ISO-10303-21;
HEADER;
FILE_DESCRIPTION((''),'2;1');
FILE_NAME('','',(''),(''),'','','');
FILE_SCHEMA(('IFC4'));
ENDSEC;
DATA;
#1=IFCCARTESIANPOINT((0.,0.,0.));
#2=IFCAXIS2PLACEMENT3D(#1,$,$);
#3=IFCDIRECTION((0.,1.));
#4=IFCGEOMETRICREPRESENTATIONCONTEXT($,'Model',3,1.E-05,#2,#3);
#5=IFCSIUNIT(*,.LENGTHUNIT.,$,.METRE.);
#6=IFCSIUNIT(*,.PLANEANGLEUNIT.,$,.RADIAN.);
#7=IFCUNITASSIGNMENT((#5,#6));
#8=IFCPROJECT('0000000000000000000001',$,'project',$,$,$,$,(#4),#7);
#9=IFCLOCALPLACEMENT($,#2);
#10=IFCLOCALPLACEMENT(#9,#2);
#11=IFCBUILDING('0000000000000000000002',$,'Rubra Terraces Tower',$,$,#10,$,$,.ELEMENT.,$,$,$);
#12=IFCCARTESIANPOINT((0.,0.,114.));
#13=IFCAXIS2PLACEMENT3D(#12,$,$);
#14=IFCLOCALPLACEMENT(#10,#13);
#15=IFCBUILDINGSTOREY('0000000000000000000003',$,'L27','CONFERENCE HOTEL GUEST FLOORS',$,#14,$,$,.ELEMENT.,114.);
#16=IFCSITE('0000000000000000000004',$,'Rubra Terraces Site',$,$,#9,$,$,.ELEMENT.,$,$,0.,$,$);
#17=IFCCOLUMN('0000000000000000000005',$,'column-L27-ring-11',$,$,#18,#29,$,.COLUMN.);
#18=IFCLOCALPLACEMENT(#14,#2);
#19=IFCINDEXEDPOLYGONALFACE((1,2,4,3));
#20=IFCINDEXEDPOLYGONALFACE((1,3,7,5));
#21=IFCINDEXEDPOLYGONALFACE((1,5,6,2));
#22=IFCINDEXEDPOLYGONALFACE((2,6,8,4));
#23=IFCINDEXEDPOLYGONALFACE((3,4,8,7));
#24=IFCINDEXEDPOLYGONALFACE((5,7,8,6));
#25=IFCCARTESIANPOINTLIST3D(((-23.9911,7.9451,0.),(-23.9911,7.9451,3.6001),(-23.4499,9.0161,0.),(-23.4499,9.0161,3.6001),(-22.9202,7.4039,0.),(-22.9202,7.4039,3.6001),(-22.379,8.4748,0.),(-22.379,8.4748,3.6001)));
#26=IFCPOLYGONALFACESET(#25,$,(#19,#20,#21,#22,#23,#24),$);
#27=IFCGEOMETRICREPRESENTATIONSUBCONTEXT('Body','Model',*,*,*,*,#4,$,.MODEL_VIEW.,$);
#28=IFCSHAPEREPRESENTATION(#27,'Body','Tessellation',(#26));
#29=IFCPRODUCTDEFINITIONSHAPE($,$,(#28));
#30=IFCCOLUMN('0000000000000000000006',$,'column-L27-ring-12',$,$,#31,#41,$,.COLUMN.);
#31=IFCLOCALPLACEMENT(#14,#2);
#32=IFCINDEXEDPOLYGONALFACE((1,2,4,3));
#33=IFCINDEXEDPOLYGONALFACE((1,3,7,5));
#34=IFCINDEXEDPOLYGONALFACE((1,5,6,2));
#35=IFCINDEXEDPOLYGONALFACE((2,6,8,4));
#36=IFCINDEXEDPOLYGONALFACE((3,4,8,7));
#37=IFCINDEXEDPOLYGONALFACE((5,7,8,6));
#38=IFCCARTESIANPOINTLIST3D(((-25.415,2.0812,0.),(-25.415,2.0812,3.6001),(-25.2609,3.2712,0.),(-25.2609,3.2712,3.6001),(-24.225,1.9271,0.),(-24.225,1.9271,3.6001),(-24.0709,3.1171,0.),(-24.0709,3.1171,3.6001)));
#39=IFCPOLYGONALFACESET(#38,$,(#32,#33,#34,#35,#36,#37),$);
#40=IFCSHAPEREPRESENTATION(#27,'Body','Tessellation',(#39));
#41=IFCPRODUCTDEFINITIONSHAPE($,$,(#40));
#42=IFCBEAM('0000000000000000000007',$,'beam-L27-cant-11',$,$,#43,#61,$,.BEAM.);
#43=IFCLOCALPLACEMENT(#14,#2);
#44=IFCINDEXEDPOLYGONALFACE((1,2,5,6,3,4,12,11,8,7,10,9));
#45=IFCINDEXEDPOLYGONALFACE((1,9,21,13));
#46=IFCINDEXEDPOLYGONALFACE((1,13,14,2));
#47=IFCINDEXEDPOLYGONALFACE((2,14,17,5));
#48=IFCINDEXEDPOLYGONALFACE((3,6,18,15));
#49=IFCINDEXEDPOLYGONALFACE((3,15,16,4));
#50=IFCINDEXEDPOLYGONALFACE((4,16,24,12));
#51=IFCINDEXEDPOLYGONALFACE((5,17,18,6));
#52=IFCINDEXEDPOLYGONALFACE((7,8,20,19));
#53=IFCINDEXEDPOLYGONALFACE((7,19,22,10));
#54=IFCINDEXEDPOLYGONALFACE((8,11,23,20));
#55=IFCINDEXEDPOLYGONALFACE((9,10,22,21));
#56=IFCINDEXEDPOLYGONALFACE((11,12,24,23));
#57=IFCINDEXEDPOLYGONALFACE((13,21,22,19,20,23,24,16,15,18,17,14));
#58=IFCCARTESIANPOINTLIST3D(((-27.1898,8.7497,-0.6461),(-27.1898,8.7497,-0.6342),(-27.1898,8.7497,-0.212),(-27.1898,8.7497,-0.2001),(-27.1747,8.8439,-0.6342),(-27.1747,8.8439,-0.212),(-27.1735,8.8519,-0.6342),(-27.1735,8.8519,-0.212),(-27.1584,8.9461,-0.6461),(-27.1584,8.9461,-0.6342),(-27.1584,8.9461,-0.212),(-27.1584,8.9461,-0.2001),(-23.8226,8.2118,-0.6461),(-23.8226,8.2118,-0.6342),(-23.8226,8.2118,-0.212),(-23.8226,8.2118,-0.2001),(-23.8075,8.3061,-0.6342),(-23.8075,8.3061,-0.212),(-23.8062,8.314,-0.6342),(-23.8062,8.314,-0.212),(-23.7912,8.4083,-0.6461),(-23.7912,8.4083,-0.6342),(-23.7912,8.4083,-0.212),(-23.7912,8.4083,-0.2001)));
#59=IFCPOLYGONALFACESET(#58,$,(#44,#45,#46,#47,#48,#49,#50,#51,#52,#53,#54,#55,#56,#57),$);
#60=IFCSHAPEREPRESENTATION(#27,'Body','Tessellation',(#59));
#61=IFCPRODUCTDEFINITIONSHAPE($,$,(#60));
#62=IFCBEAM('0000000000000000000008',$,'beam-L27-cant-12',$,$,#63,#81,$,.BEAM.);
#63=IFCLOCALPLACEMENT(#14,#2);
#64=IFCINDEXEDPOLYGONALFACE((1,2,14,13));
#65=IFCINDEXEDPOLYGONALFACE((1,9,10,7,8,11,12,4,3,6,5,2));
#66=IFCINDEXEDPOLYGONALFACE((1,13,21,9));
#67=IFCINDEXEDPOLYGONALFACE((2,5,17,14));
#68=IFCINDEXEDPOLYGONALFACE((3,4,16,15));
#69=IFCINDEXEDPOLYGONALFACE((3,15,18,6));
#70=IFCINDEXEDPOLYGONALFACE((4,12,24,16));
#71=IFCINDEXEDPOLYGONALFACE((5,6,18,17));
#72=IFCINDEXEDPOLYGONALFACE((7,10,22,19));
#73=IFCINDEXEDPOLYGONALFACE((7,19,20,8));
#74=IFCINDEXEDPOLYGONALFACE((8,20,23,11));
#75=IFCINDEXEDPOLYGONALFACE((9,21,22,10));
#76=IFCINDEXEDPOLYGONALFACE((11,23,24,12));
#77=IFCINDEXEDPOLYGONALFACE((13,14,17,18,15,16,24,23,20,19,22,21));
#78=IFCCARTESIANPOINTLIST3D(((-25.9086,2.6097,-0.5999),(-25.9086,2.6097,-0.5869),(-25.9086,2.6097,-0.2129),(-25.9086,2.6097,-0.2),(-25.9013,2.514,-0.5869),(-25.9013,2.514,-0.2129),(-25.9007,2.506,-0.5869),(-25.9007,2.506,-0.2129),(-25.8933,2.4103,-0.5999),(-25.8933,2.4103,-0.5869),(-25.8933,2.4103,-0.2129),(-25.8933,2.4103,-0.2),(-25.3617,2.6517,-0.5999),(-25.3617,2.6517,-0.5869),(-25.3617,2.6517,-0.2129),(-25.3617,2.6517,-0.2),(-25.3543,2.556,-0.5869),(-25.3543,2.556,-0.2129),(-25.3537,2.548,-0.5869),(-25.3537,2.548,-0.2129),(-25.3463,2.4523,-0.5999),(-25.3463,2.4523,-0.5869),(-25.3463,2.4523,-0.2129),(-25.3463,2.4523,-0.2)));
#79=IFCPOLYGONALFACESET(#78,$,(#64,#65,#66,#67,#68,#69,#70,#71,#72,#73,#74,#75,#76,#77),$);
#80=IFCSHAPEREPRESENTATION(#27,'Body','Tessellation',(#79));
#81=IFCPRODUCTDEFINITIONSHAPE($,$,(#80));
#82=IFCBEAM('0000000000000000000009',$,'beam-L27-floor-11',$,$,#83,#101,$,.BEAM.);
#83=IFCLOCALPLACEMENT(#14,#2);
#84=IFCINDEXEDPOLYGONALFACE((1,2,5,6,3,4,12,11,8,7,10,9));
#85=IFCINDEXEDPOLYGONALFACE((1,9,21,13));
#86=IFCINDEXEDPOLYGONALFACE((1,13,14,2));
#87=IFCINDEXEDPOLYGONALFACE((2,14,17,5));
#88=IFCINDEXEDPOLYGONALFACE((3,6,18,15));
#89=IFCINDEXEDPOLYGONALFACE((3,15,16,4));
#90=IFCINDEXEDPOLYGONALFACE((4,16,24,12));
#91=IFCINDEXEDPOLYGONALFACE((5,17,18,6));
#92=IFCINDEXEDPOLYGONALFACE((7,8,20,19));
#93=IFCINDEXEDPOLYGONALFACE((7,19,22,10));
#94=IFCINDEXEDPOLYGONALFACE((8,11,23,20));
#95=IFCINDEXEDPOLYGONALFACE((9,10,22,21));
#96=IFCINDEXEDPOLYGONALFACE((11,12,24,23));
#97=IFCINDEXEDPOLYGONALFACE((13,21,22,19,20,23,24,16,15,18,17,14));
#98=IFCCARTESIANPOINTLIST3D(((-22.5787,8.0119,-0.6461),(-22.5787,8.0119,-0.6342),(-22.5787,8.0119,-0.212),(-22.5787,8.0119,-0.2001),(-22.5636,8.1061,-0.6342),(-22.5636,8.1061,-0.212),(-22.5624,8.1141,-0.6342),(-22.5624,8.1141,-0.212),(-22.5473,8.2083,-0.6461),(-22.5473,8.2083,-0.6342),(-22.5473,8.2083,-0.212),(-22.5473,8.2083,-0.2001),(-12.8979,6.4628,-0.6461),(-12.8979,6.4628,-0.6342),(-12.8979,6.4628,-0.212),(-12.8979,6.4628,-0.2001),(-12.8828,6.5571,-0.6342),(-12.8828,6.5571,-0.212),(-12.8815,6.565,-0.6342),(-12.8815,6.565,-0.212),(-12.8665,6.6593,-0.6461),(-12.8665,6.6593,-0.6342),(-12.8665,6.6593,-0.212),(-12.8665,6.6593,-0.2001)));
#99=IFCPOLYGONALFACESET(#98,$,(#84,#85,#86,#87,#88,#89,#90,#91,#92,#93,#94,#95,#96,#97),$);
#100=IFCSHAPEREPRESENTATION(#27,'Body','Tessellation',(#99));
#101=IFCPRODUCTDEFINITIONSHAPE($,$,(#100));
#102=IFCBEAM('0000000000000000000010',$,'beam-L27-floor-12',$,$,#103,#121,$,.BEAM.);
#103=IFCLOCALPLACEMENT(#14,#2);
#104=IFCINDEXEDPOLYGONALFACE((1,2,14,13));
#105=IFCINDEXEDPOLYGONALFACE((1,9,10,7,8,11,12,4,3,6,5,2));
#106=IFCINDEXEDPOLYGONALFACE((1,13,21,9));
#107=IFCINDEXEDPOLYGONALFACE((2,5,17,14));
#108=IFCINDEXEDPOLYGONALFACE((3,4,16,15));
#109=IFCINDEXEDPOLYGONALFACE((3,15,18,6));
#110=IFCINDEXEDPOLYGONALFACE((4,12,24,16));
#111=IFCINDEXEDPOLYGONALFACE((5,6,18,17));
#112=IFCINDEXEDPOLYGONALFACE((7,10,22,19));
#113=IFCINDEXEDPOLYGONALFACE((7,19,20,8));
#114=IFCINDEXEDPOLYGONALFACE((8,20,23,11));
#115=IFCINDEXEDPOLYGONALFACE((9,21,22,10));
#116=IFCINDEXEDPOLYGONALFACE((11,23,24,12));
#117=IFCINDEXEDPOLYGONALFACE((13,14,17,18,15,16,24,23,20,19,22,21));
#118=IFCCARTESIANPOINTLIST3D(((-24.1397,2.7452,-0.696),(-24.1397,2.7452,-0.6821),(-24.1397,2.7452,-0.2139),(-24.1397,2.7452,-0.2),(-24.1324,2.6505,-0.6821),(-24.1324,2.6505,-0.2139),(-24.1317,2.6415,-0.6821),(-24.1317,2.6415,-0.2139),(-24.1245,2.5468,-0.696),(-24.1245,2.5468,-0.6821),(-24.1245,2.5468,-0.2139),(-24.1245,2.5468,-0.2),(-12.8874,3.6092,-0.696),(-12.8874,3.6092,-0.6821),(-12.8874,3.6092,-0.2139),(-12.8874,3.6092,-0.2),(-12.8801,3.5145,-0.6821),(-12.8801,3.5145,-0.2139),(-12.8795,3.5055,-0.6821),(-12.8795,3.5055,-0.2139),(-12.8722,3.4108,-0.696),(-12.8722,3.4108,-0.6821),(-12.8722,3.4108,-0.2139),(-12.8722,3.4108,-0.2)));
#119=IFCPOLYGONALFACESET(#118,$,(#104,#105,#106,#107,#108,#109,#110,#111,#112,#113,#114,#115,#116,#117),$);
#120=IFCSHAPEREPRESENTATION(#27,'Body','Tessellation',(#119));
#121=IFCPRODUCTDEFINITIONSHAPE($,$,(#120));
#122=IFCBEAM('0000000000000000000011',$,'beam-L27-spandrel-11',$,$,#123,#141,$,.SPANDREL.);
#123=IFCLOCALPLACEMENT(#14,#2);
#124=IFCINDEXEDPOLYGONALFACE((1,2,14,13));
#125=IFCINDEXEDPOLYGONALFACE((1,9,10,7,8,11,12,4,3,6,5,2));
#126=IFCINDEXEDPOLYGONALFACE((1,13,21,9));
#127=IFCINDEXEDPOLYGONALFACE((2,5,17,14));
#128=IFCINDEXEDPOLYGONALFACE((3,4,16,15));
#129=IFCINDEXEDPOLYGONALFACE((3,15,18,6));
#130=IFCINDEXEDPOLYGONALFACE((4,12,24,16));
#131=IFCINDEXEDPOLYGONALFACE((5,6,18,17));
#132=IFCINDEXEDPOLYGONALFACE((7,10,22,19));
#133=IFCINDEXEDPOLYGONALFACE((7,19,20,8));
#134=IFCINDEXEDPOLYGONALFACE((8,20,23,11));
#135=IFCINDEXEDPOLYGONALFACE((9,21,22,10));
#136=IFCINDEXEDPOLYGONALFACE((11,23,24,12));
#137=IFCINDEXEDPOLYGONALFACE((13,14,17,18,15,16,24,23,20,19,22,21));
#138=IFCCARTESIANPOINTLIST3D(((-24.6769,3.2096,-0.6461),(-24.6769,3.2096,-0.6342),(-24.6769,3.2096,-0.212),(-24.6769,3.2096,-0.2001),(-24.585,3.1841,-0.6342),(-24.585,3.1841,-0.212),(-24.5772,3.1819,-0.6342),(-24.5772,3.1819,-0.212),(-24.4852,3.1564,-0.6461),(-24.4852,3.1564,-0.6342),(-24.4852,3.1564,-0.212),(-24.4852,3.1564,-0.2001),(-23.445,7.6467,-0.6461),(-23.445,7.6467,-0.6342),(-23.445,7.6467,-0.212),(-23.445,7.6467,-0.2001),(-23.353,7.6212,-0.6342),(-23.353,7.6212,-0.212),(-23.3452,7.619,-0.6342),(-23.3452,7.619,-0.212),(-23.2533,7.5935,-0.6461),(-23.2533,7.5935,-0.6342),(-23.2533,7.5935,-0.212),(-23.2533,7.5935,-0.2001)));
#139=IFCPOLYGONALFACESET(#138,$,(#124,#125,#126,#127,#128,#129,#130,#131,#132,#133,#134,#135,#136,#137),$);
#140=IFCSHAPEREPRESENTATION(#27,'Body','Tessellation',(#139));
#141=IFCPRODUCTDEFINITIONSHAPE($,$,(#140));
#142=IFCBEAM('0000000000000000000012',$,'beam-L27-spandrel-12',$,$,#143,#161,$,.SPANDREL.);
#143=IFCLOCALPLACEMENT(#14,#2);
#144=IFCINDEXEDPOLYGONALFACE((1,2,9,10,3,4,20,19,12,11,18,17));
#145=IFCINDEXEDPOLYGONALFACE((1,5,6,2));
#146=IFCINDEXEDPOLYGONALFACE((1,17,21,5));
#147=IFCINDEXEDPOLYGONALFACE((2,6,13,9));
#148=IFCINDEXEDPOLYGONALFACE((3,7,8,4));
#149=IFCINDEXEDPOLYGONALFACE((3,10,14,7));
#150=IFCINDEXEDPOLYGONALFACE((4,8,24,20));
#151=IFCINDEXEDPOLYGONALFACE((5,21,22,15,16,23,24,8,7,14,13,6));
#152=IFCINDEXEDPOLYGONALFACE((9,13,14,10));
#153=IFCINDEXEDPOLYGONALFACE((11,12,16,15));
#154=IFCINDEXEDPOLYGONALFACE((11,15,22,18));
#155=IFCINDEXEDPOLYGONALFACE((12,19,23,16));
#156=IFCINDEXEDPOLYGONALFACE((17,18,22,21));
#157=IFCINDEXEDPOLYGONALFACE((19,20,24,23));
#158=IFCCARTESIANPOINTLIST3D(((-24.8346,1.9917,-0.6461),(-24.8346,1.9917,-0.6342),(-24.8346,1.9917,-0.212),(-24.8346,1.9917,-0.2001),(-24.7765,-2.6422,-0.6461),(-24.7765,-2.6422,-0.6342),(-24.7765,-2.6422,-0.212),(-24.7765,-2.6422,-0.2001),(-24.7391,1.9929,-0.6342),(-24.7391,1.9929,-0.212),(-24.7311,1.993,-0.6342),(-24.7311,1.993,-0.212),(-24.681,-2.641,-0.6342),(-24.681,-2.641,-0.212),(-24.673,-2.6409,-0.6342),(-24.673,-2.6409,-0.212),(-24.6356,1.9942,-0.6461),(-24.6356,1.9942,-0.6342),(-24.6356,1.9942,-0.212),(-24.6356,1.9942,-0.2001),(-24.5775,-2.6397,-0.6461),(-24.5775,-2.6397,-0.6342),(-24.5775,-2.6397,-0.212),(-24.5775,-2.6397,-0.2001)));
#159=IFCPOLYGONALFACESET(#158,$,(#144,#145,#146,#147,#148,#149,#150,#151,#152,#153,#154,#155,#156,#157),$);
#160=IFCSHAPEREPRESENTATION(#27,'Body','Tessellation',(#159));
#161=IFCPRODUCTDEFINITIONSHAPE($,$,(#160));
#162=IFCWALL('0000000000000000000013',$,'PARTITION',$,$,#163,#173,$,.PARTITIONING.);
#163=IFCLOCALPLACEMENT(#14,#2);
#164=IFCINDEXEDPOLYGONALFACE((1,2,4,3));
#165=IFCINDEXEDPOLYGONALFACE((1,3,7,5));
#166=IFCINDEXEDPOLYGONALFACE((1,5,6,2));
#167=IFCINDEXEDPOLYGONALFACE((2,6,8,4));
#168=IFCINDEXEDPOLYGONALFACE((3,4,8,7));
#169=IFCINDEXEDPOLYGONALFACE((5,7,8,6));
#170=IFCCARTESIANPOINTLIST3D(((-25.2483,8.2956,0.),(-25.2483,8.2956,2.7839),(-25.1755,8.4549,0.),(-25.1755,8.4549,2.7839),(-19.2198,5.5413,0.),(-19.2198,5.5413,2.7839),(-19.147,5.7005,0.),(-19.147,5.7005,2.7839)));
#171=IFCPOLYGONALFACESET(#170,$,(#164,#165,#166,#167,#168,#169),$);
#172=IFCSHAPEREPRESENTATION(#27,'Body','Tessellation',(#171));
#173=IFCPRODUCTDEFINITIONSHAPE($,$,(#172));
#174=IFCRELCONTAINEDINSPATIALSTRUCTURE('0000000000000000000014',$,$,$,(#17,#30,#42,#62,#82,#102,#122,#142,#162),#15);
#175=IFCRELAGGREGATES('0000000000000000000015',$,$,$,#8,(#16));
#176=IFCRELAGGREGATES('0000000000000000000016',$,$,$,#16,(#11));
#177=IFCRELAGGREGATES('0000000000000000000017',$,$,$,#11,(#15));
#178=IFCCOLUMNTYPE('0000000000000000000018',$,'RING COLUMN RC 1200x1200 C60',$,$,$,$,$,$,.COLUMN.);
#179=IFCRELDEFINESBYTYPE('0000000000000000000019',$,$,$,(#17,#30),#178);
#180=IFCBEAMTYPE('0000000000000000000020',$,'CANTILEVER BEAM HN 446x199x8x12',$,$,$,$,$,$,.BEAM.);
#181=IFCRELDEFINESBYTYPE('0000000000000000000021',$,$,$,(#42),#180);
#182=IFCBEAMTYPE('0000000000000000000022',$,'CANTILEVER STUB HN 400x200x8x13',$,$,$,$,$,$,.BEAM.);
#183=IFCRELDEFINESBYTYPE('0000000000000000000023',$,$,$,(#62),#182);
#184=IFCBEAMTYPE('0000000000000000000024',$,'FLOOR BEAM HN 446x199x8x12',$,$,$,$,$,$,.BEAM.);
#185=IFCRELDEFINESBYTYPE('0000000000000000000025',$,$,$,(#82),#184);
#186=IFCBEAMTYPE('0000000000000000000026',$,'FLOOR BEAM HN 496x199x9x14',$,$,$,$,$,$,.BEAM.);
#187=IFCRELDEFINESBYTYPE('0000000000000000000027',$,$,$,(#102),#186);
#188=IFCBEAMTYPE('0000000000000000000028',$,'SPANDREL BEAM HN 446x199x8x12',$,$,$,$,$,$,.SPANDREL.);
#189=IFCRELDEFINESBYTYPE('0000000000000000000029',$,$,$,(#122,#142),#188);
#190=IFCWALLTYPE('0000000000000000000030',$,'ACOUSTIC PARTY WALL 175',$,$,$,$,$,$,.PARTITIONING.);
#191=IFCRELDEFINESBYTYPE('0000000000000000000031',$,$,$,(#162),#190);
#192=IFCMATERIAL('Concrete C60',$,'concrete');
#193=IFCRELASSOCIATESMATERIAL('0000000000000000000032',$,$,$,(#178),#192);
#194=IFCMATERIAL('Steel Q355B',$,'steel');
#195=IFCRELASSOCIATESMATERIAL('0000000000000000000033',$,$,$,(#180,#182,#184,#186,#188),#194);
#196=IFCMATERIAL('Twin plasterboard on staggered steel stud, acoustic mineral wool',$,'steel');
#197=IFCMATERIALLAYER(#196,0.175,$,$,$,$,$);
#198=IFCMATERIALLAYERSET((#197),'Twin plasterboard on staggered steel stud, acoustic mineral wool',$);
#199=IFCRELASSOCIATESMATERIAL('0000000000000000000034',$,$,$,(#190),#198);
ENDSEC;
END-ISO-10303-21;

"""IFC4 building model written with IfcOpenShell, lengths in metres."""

from ifc_helpers import new_model, si_unit, direction, frame, frame_2d, origin, origin_2d, place, context, subcontext, project, spatial, rectangle, i_section, extrude, material, layer, layer_set, material_profile, profile_set, type_object, element, save


model = new_model("IFC4")

# Units and contexts
model_context = context("Model", 3, precision=1e-05, world=origin(), true_north=direction((0.0, 1.0)))
body_context = subcontext(model_context, "Body", "Model", "MODEL_VIEW")
ifc_project = project(units=[si_unit("LENGTHUNIT", "METRE"), si_unit("PLANEANGLEUNIT", "RADIAN")], contexts=[model_context])

# Site, building, storey
site_placement = place(None, origin())
site = spatial("IfcSite", under=ifc_project, at=site_placement, Name="Rubra Terraces Site", CompositionType="ELEMENT", RefElevation=0.0)
building_placement = place(site_placement, origin())
building = spatial("IfcBuilding", under=site, at=building_placement, Name="Rubra Terraces Tower", CompositionType="ELEMENT")
storey_placement = place(building_placement, frame((0.0, 0.0, 114.0)))
storey = spatial("IfcBuildingStorey", under=building, at=storey_placement, Name="L27", Description="CONFERENCE HOTEL GUEST FLOORS", CompositionType="ELEMENT", Elevation=114.0)

# Columns
ifc_material_1 = material(Name="Concrete C60", Category="concrete")
ifc_material_profile_1 = material_profile(ifc_material_1, rectangle(XDim=1.2, YDim=1.2, at=origin_2d()), Name="RC 1200x1200")
ifc_profile_set_1 = profile_set([ifc_material_profile_1], Name="Concrete C60")
column_type = type_object("IfcColumnType", Name="RING COLUMN RC 1200x1200 C60", PredefinedType="COLUMN", material=ifc_profile_set_1)
for number, where, z_axis, x_axis, name in (
    (1, (-23.1851, 8.21, 0.0), (0.0, 0.0, 1.0), (-0.451028, -0.89251, 0.0), "column-L27-ring-11"),
    (2, (-24.7429, 2.5991, 0.0), (0.0, 0.0, 1.0), (-0.128444, -0.991717, 0.0), "column-L27-ring-12"),
):
    element("IfcColumn", number, at=place(storey_placement, frame(where, z_axis=z_axis, x_axis=x_axis)), inside=storey, type_object=column_type, Name=name, PredefinedType="COLUMN", context=body_context, shape_type="SweptSolid", body=[
        extrude(rectangle(XDim=1.2, YDim=1.2, at=origin_2d()), origin(), (0.0, 0.0, 1.0), 3.6001),
    ])

# Beams
ifc_material_2 = material(Name="Steel Q355B", Category="steel")
ifc_material_profile_2 = material_profile(ifc_material_2, i_section(OverallWidth=0.199, OverallDepth=0.446, WebThickness=0.0081, FlangeThickness=0.012, at=origin_2d()), Name="HN 446x199x8x12")
ifc_profile_set_2 = profile_set([ifc_material_profile_2], Name="Steel Q355B")
beam_type_1 = type_object("IfcBeamType", Name="CANTILEVER BEAM HN 446x199x8x12", PredefinedType="BEAM", material=ifc_profile_set_2)
beam_1_placement = place(storey_placement, frame((-23.8069, 8.3101, -0.4231), z_axis=(-0.987482, 0.157731, 0.0), x_axis=(-0.157731, -0.987482, 0.0)))
element("IfcBeam", 3, at=beam_1_placement, inside=storey, type_object=beam_type_1, Name="beam-L27-cant-11", PredefinedType="BEAM", context=body_context, shape_type="SweptSolid", body=[
    extrude(i_section(OverallWidth=0.199, OverallDepth=0.446, WebThickness=0.0081, FlangeThickness=0.012, at=origin_2d()), origin(), (0.0, 0.0, 1.0), 3.4099),
])
ifc_material_profile_3 = material_profile(ifc_material_2, i_section(OverallWidth=0.2, OverallDepth=0.3999, WebThickness=0.0081, FlangeThickness=0.0129, at=origin_2d()), Name="HN 400x200x8x13")
ifc_profile_set_3 = profile_set([ifc_material_profile_3], Name="Steel Q355B")
beam_type_2 = type_object("IfcBeamType", Name="CANTILEVER STUB HN 400x200x8x13", PredefinedType="BEAM", material=ifc_profile_set_3)
beam_2_placement = place(storey_placement, frame((-25.354, 2.552, -0.3999), z_axis=(-0.997065, -0.07656, 0.0), x_axis=(0.07656, -0.997065, 0.0)))
element("IfcBeam", 4, at=beam_2_placement, inside=storey, type_object=beam_type_2, Name="beam-L27-cant-12", PredefinedType="BEAM", context=body_context, shape_type="SweptSolid", body=[
    extrude(i_section(OverallWidth=0.2, OverallDepth=0.3999, WebThickness=0.0081, FlangeThickness=0.0129, at=origin_2d()), origin(), (0.0, 0.0, 1.0), 0.5486),
])
ifc_material_profile_4 = material_profile(ifc_material_2, i_section(OverallWidth=0.199, OverallDepth=0.446, WebThickness=0.0081, FlangeThickness=0.012, at=origin_2d()), Name="HN 446x199x8x12")
ifc_profile_set_4 = profile_set([ifc_material_profile_4], Name="Steel Q355B")
beam_type_3 = type_object("IfcBeamType", Name="FLOOR BEAM HN 446x199x8x12", PredefinedType="BEAM", material=ifc_profile_set_4)
beam_3_placement = place(storey_placement, frame((-22.563, 8.1101, -0.4231), z_axis=(0.987439, -0.158003, 0.0), x_axis=(0.158003, 0.987439, 0.0)))
element("IfcBeam", 5, at=beam_3_placement, inside=storey, type_object=beam_type_3, Name="beam-L27-floor-11", PredefinedType="BEAM", context=body_context, shape_type="SweptSolid", body=[
    extrude(i_section(OverallWidth=0.199, OverallDepth=0.446, WebThickness=0.0081, FlangeThickness=0.012, at=origin_2d()), origin(), (0.0, 0.0, 1.0), 9.804),
])
ifc_material_profile_5 = material_profile(ifc_material_2, i_section(OverallWidth=0.199, OverallDepth=0.4961, WebThickness=0.009, FlangeThickness=0.0139, at=origin_2d()), Name="HN 496x199x9x14")
ifc_profile_set_5 = profile_set([ifc_material_profile_5], Name="Steel Q355B")
beam_type_4 = type_object("IfcBeamType", Name="FLOOR BEAM HN 496x199x9x14", PredefinedType="BEAM", material=ifc_profile_set_5)
beam_4_placement = place(storey_placement, frame((-24.1321, 2.646, -0.448), z_axis=(0.997065, 0.076561, 0.0), x_axis=(-0.076561, 0.997065, 0.0)))
element("IfcBeam", 6, at=beam_4_placement, inside=storey, type_object=beam_type_4, Name="beam-L27-floor-12", PredefinedType="BEAM", context=body_context, shape_type="SweptSolid", body=[
    extrude(i_section(OverallWidth=0.199, OverallDepth=0.4961, WebThickness=0.009, FlangeThickness=0.0139, at=origin_2d()), origin(), (0.0, 0.0, 1.0), 11.2854),
])
ifc_material_profile_6 = material_profile(ifc_material_2, i_section(OverallWidth=0.199, OverallDepth=0.446, WebThickness=0.0081, FlangeThickness=0.012, at=origin_2d()), Name="HN 446x199x8x12")
ifc_profile_set_6 = profile_set([ifc_material_profile_6], Name="Steel Q355B")
beam_type_5 = type_object("IfcBeamType", Name="SPANDREL BEAM HN 446x199x8x12", PredefinedType="SPANDREL", material=ifc_profile_set_6)
beam_5_placement = place(storey_placement, frame((-23.3491, 7.6201, -0.4231), z_axis=(-0.267529, -0.96355, 0.0), x_axis=(0.96355, -0.267529, 0.0)))
element("IfcBeam", 7, at=beam_5_placement, inside=storey, type_object=beam_type_5, Name="beam-L27-spandrel-11", PredefinedType="SPANDREL", context=body_context, shape_type="SweptSolid", body=[
    extrude(i_section(OverallWidth=0.199, OverallDepth=0.446, WebThickness=0.0081, FlangeThickness=0.012, at=origin_2d()), origin(), (0.0, 0.0, 1.0), 4.605),
])
beam_6_placement = place(storey_placement, frame((-24.7351, 1.9929, -0.4231), z_axis=(0.012538, -0.999921, 0.0), x_axis=(0.999921, 0.012538, 0.0)))
element("IfcBeam", 8, at=beam_6_placement, inside=storey, type_object=beam_type_5, Name="beam-L27-spandrel-12", PredefinedType="SPANDREL", context=body_context, shape_type="SweptSolid", body=[
    extrude(i_section(OverallWidth=0.199, OverallDepth=0.446, WebThickness=0.0081, FlangeThickness=0.012, at=origin_2d()), origin(), (0.0, 0.0, 1.0), 4.6343),
])

# Wall
ifc_material_3 = material(Name="Twin plasterboard on staggered steel stud, acoustic mineral wool", Category="steel")
ifc_layer_1 = layer(ifc_material_3, 0.175)
ifc_layer_set_1 = layer_set([ifc_layer_1], Name="Twin plasterboard on staggered steel stud, acoustic mineral wool")
wall_type_1 = type_object("IfcWallType", Name="ACOUSTIC PARTY WALL 175", PredefinedType="PARTITIONING", material=ifc_layer_set_1)
wall_1_placement = place(storey_placement, frame((-25.2119, 8.3752, 0.0), z_axis=(0.0, 0.0, 1.0), x_axis=(0.909561, -0.41557, 0.0)))
element("IfcWall", 9, at=wall_1_placement, inside=storey, type_object=wall_type_1, Name="PARTITION", PredefinedType="PARTITIONING", context=body_context, shape_type="SweptSolid", body=[
    extrude(rectangle(XDim=6.6279, YDim=0.175, at=frame_2d((3.314, 0.0))), origin(), (0.0, 0.0, 1.0), 2.7839),
])

save(model, "model.ifc")
